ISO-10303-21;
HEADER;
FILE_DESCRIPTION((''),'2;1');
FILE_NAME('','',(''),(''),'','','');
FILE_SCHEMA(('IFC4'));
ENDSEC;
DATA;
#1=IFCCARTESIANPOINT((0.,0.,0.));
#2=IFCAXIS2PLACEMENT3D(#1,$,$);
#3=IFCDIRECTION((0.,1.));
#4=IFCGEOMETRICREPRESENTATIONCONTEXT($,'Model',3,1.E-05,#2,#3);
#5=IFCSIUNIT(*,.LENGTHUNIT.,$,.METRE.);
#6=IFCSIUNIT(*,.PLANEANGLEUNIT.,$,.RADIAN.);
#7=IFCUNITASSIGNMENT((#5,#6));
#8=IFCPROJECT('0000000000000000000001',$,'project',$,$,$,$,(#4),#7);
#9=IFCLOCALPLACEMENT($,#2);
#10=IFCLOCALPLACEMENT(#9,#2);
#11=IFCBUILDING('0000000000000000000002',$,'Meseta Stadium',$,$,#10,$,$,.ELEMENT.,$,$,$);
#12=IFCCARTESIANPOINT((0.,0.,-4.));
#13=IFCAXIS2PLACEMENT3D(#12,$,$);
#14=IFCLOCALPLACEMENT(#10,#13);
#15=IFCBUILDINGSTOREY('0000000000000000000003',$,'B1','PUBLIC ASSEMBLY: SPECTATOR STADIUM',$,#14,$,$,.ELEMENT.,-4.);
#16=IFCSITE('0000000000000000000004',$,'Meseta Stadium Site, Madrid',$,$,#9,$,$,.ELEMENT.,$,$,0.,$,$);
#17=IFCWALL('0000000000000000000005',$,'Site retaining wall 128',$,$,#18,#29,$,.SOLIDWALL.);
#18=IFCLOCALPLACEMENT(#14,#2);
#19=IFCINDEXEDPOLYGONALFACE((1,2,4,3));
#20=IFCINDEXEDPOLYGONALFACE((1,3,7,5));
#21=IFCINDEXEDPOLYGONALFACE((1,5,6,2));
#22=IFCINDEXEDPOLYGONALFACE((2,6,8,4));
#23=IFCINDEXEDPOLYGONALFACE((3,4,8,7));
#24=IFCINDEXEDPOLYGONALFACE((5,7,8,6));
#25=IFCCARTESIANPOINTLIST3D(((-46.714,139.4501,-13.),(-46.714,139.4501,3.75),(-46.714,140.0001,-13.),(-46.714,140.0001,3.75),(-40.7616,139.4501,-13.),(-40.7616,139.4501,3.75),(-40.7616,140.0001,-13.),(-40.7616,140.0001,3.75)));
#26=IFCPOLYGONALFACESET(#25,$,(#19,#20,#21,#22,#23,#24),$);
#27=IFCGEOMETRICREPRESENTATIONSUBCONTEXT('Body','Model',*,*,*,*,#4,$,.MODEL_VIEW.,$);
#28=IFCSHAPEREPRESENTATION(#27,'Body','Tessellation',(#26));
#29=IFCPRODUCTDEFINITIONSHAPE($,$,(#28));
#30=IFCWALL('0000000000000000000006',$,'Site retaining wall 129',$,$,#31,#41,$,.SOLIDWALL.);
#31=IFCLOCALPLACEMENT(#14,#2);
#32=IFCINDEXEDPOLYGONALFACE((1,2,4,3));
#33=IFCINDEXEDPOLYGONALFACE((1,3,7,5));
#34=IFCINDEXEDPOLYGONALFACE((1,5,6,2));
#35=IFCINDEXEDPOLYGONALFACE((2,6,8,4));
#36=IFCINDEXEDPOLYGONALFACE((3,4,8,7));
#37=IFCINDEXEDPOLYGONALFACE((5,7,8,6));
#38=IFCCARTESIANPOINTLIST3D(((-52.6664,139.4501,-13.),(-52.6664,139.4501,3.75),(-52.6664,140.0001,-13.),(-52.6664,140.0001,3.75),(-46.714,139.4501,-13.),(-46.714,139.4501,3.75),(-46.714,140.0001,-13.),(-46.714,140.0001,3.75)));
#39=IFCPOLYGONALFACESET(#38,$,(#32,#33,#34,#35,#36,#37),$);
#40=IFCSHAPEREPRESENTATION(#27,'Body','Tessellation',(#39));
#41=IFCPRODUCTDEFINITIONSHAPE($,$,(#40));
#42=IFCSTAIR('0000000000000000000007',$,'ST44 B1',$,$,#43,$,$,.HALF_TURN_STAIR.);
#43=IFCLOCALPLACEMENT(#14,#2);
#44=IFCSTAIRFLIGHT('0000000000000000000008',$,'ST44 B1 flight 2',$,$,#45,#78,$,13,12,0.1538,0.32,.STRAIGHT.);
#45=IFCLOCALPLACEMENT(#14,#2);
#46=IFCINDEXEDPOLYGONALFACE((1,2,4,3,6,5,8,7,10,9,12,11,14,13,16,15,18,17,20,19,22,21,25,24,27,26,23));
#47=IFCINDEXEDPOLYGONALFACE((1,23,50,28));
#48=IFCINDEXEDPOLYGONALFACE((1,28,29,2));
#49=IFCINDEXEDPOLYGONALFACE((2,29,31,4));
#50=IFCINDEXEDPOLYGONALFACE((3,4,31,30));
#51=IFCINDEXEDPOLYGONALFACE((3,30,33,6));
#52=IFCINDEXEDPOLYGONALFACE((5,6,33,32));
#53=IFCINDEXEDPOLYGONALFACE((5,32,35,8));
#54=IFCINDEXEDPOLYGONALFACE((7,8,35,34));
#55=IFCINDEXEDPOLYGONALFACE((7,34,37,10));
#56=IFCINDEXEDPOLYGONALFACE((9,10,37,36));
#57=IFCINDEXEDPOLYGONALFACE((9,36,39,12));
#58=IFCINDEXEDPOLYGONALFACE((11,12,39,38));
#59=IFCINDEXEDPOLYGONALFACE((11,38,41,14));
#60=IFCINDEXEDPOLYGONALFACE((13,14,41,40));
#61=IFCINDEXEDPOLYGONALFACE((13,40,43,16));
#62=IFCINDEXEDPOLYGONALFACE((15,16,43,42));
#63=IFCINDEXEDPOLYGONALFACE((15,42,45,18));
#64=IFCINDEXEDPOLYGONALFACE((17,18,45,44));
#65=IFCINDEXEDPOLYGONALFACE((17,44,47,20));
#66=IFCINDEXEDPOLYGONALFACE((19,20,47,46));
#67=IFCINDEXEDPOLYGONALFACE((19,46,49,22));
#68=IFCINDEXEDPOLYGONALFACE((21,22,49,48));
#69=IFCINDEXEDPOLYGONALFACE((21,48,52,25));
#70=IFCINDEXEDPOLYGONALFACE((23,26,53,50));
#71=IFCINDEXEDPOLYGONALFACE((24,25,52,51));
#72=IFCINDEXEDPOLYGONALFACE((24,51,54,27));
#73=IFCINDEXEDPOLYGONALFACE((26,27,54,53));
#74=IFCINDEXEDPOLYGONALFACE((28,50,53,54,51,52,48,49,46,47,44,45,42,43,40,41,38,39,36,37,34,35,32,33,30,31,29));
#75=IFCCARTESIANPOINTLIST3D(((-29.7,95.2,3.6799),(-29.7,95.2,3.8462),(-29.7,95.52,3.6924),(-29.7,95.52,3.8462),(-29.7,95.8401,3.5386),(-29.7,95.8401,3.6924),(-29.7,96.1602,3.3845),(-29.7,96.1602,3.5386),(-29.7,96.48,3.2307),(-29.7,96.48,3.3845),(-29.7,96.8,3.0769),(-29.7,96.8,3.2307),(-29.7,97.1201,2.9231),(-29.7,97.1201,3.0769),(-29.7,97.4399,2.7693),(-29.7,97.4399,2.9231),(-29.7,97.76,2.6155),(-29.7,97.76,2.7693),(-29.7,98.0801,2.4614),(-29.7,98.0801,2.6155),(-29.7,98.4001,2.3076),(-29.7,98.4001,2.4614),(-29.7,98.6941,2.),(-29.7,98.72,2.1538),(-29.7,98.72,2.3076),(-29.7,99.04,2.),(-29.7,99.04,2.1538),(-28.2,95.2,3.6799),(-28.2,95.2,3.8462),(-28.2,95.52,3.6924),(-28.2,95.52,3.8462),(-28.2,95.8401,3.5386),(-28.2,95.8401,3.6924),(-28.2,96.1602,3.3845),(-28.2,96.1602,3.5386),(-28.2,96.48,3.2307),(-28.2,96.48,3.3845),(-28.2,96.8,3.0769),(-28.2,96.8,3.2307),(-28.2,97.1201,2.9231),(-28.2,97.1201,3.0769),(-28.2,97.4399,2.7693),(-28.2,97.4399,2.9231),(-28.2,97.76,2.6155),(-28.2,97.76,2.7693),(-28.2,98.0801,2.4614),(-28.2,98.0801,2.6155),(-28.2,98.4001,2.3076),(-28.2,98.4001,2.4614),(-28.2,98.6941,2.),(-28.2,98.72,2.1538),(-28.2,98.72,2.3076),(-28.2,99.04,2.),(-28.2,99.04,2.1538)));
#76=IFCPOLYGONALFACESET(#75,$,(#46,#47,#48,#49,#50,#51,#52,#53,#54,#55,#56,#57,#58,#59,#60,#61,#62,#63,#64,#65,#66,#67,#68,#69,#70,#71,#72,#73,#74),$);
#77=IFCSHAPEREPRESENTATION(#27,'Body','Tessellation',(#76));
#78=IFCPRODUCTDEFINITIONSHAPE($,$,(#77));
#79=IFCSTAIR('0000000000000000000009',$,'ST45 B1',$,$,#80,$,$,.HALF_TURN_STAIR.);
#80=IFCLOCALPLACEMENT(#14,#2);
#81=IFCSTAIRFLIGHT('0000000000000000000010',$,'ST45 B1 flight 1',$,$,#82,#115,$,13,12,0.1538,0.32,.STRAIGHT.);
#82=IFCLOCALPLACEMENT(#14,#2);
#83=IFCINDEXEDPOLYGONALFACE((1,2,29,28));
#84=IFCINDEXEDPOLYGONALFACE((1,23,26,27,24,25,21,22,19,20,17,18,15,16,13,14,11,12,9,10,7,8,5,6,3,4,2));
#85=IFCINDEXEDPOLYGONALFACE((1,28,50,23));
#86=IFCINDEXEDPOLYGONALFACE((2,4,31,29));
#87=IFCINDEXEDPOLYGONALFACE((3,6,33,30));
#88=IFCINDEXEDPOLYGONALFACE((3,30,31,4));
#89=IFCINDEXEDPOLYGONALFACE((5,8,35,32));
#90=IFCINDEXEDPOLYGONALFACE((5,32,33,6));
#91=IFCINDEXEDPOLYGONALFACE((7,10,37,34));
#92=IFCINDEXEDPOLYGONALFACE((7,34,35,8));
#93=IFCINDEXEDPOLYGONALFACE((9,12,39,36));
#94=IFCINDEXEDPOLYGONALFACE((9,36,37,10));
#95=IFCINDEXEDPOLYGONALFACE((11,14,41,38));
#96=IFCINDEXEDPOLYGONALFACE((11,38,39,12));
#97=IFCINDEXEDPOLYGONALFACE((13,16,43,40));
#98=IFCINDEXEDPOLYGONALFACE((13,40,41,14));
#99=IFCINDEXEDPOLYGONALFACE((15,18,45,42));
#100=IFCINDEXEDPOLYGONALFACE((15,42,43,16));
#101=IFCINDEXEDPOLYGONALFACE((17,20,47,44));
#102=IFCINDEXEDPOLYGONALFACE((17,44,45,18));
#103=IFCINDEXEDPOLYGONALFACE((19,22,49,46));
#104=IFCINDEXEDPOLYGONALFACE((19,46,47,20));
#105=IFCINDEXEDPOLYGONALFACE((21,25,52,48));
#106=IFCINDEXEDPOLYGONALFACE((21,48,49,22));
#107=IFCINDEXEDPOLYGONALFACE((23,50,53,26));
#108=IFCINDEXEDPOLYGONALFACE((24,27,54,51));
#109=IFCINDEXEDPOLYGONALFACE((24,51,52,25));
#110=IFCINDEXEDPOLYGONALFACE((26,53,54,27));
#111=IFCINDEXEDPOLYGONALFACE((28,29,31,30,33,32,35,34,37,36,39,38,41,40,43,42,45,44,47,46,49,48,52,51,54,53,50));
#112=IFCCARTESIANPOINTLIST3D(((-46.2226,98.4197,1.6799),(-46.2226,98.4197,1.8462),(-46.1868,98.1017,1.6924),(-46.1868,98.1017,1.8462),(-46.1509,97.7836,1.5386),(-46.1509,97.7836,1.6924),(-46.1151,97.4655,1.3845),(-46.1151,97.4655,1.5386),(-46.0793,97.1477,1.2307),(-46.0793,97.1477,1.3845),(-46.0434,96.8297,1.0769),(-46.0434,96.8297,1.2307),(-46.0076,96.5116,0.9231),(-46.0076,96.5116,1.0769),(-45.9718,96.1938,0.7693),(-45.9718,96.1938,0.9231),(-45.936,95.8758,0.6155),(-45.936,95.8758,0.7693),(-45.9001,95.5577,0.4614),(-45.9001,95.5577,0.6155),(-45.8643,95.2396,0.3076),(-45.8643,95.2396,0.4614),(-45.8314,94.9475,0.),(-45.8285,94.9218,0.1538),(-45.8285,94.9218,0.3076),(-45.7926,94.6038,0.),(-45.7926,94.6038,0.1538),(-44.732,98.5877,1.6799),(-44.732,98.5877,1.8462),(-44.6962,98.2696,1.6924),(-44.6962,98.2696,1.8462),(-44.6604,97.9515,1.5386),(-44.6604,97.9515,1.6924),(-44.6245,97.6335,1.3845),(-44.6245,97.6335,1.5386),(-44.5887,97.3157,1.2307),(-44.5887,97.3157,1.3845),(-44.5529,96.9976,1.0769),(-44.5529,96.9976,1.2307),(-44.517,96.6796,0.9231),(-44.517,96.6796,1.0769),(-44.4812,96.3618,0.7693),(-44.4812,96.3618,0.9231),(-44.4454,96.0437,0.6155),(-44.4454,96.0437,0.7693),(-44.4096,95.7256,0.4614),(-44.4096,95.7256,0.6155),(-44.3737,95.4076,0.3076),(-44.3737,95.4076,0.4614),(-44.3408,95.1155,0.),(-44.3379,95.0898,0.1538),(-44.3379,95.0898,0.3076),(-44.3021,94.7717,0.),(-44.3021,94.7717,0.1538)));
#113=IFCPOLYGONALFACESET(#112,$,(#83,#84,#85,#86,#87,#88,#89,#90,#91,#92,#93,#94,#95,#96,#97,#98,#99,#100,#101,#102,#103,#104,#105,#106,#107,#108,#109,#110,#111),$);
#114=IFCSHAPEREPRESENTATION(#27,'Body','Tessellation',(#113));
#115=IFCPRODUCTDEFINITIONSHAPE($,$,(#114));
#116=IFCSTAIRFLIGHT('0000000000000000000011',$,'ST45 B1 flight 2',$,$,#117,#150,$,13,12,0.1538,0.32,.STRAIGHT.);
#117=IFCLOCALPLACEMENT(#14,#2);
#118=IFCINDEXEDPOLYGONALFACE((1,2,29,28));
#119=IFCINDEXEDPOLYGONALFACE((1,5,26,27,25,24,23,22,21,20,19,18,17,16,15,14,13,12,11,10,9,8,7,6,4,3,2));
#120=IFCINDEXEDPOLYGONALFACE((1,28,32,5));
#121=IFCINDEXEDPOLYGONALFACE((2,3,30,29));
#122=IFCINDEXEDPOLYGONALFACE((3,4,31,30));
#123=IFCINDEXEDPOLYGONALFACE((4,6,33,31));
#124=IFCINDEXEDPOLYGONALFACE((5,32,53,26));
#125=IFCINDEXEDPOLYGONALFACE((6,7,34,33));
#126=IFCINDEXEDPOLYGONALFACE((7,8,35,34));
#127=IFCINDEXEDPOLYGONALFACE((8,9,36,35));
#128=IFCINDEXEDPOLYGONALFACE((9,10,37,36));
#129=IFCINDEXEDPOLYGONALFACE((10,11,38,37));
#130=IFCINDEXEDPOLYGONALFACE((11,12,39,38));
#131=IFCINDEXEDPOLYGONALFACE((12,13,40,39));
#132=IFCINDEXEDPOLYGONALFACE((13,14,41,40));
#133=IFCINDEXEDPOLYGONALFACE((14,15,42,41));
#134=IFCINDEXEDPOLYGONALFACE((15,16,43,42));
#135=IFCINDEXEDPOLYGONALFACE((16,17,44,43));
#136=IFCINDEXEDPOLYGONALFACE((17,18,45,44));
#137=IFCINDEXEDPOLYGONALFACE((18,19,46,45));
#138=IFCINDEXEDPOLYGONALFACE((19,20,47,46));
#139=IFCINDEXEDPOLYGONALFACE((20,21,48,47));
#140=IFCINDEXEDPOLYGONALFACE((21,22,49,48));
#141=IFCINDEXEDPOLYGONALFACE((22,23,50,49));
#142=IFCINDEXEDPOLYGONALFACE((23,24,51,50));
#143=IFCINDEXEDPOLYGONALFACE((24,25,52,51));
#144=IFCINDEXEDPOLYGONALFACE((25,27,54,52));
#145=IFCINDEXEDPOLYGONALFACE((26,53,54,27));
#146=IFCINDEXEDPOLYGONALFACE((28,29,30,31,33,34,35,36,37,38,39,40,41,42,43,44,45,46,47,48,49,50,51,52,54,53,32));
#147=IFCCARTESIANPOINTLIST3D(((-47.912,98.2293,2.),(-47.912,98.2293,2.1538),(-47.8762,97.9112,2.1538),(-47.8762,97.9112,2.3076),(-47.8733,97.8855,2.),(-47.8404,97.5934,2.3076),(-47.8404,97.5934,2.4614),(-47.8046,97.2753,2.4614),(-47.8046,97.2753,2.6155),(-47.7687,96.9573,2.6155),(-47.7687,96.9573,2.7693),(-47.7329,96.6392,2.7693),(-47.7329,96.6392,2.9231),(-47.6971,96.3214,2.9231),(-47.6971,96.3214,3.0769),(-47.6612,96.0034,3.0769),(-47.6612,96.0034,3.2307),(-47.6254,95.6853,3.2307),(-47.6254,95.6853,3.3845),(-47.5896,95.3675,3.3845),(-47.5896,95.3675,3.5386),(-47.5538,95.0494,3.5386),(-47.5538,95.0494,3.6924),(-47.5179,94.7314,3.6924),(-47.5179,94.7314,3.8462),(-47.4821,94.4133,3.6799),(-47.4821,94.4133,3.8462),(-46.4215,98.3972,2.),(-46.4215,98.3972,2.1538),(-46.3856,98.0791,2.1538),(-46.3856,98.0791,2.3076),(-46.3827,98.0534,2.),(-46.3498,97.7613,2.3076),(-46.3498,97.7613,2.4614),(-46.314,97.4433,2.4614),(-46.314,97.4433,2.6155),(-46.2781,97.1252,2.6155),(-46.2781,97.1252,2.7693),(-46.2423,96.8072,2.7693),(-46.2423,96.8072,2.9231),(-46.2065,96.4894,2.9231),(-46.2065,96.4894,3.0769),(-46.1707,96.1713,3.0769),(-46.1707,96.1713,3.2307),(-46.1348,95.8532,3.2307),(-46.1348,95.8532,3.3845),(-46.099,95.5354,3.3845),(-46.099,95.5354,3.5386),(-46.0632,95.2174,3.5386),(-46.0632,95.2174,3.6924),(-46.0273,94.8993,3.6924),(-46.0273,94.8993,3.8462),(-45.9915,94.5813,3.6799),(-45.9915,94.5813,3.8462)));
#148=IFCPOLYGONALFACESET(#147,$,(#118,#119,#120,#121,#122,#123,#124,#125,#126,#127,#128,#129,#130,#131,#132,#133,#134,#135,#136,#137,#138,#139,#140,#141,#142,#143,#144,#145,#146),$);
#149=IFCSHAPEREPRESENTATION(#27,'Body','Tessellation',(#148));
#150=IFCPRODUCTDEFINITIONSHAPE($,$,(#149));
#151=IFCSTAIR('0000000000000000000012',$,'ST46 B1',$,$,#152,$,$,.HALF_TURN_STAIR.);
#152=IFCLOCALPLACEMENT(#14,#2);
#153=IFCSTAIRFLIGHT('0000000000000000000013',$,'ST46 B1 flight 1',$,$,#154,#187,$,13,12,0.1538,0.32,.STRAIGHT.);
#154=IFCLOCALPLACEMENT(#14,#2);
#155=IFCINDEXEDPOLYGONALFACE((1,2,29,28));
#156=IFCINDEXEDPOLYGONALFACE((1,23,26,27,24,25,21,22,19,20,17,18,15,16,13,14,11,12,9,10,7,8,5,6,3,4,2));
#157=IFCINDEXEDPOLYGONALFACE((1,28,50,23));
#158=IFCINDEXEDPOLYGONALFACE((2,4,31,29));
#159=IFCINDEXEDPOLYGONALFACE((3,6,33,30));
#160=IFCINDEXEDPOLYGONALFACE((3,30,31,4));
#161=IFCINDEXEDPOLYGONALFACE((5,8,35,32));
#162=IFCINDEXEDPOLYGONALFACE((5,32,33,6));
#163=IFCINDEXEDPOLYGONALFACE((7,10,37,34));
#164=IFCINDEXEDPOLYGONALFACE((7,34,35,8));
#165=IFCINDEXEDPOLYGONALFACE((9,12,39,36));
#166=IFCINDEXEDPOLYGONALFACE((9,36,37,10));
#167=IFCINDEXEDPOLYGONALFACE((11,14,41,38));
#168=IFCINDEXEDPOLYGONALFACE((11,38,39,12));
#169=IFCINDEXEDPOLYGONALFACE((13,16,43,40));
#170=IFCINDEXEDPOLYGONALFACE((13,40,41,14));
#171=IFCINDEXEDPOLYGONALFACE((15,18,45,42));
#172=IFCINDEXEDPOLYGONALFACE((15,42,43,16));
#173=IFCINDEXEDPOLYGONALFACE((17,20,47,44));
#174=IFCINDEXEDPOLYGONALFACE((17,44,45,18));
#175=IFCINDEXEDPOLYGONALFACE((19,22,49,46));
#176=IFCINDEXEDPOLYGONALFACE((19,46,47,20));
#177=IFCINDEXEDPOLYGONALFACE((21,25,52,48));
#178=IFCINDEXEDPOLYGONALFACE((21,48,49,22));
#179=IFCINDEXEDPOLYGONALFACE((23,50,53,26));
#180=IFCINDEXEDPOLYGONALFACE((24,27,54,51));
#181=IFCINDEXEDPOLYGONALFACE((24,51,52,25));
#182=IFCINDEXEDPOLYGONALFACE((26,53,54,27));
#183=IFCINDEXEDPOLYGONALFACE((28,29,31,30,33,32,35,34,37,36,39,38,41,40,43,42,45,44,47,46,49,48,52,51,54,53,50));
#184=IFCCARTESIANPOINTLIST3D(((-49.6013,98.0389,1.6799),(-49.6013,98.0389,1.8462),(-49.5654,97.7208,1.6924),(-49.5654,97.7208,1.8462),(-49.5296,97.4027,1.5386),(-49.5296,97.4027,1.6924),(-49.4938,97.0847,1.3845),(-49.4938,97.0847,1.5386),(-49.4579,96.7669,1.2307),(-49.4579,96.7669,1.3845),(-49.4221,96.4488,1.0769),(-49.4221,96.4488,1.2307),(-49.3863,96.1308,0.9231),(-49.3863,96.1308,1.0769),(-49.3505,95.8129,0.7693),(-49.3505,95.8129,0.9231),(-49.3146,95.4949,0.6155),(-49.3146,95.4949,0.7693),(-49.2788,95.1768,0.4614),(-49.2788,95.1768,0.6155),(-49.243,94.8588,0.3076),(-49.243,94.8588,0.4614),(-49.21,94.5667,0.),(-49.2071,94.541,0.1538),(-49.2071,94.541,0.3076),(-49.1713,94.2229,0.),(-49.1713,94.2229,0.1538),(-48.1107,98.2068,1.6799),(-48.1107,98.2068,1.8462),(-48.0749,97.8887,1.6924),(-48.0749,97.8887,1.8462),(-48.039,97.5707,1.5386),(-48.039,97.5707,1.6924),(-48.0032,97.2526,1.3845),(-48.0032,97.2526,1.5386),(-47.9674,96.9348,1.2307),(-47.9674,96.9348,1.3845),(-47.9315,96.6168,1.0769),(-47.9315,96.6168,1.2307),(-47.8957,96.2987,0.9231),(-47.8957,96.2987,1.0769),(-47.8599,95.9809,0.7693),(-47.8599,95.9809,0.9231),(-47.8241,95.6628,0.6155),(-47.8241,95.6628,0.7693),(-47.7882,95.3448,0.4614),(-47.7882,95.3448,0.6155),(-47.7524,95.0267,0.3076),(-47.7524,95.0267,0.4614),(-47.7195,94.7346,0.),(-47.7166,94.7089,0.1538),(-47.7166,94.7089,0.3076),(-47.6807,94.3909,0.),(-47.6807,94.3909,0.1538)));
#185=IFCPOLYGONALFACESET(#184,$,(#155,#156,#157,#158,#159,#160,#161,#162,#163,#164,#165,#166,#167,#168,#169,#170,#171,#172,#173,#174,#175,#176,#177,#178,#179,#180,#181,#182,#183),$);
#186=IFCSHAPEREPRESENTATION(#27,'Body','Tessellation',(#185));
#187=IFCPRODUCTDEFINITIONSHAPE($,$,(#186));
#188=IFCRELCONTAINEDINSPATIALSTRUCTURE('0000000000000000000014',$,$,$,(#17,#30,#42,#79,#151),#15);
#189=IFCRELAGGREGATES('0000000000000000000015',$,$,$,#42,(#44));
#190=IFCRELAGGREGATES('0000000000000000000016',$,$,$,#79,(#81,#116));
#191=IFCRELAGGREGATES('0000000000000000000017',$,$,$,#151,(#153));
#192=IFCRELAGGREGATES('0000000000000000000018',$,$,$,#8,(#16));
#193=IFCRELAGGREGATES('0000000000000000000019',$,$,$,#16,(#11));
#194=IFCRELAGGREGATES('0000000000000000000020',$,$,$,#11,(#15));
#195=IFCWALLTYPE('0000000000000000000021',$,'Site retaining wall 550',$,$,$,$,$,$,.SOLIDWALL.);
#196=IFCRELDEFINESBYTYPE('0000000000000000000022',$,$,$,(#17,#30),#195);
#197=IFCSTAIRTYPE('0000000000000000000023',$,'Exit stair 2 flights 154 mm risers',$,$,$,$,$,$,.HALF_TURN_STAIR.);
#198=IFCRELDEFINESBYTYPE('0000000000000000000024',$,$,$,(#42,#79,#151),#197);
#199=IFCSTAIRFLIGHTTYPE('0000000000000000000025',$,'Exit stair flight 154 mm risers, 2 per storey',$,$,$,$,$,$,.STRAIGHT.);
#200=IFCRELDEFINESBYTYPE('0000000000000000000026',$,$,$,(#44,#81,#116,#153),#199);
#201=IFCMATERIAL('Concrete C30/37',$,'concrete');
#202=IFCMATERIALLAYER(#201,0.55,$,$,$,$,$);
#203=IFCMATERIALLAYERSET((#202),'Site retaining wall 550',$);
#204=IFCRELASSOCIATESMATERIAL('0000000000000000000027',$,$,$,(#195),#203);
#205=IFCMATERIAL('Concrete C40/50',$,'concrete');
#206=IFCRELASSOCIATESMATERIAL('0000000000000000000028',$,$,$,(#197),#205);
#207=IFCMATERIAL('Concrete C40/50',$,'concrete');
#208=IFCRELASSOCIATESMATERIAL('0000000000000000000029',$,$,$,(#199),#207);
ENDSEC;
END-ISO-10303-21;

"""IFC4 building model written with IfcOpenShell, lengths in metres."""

from ifc_helpers import new_model, si_unit, direction, frame, frame_2d, origin, place, context, subcontext, project, spatial, polyline, rectangle, outline, extrude, material, layer, layer_set, type_object, element, aggregate, save


model = new_model("IFC4")

# Units and contexts
model_context = context("Model", 3, precision=1e-05, world=origin(), true_north=direction((0.0, 1.0)))
body_context = subcontext(model_context, "Body", "Model", "MODEL_VIEW")
ifc_project = project(units=[si_unit("LENGTHUNIT", "METRE"), si_unit("PLANEANGLEUNIT", "RADIAN")], contexts=[model_context])

# Site, building, storey
site_placement = place(None, origin())
site = spatial("IfcSite", under=ifc_project, at=site_placement, Name="Meseta Stadium Site, Madrid", CompositionType="ELEMENT", RefElevation=0.0)
building_placement = place(site_placement, origin())
building = spatial("IfcBuilding", under=site, at=building_placement, Name="Meseta Stadium", CompositionType="ELEMENT")
storey_placement = place(building_placement, frame((0.0, 0.0, -4.0)))
storey = spatial("IfcBuildingStorey", under=building, at=storey_placement, Name="B1", Description="PUBLIC ASSEMBLY: SPECTATOR STADIUM", CompositionType="ELEMENT", Elevation=-4.0)

# Walls
ifc_material_1 = material(Name="Concrete C30/37", Category="concrete")
ifc_layer_1 = layer(ifc_material_1, 0.55)
ifc_layer_set_1 = layer_set([ifc_layer_1], Name="Site retaining wall 550")
wall_type_1 = type_object("IfcWallType", Name="Site retaining wall 550", PredefinedType="SOLIDWALL", material=ifc_layer_set_1)
for number, where, z_axis, x_axis, name in (
    (1, (-40.7617, 139.7251, -13.0), (0.0, 0.0, 1.0), (-1.0, 0.0, 0.0), "Site retaining wall 128"),
    (2, (-46.7141, 139.7251, -13.0), (0.0, 0.0, 1.0), (-1.0, 0.0, 0.0), "Site retaining wall 129"),
):
    element("IfcWall", number, at=place(storey_placement, frame(where, z_axis=z_axis, x_axis=x_axis)), inside=storey, type_object=wall_type_1, Name=name, PredefinedType="SOLIDWALL", context=body_context, shape_type="SweptSolid", body=[
        extrude(rectangle(XDim=5.9524, YDim=0.55, at=frame_2d((2.9761, 0.0))), origin(), (0.0, 0.0, 1.0), 16.75),
    ])

# Stair, stair flight
ifc_material_2 = material(Name="Concrete C40/50", Category="concrete")
stair_type = type_object("IfcStairType", Name="Exit stair 2 flights 154 mm risers", PredefinedType="HALF_TURN_STAIR", material=ifc_material_2)
stair_1_placement = place(storey_placement, origin())
stair_1 = element("IfcStair", 3, at=stair_1_placement, inside=storey, type_object=stair_type, Name="ST44 B1", PredefinedType="HALF_TURN_STAIR")
ifc_material_3 = material(Name="Concrete C40/50", Category="concrete")
stair_flight_type = type_object("IfcStairFlightType", Name="Exit stair flight 154 mm risers, 2 per storey", PredefinedType="STRAIGHT", material=ifc_material_3)
stair_flight_1_placement = place(storey_placement, frame((-28.95, 99.04, 2.0), z_axis=(0.0, 0.0, 1.0), x_axis=(0.0, -1.0, 0.0)))
stair_flight_1 = element("IfcStairFlight", 4, at=stair_flight_1_placement, type_object=stair_flight_type, Name="ST44 B1 flight 2", NumberOfRisers=13, NumberOfTreads=12, PredefinedType="STRAIGHT", RiserHeight=0.1538, TreadLength=0.32, context=body_context, shape_type="SweptSolid", body=[
    extrude(outline(polyline([(0.0, 0.0), (0.0, 0.1538), (0.3201, 0.1538), (0.3201, 0.3076), (0.6399, 0.3076), (0.6399, 0.4614), (0.96, 0.4614), (0.96, 0.6155), (1.28, 0.6155), (1.28, 0.7693), (1.6001, 0.7693), (1.6001, 0.9231), (1.9199, 0.9231), (1.9199, 1.0769), (2.24, 1.0769), (2.24, 1.2307), (2.5601, 1.2307), (2.5601, 1.3845), (2.8799, 1.3845), (2.8799, 1.5386), (3.2, 1.5386), (3.2, 1.6924), (3.52, 1.6924), (3.52, 1.8462), (3.8401, 1.8462), (3.8401, 1.6799), (0.3459, 0.0), (0.0, 0.0)])), frame((0.0, 0.75, 0.0), z_axis=(0.0, -1.0, 0.0), x_axis=(1.0, 0.0, 0.0)), (0.0, 0.0, 1.0), 1.5),
])
aggregate(stair_1, [stair_flight_1])

# Stairs, stair flights
stair_2_placement = place(storey_placement, origin())
stair_2 = element("IfcStair", 5, at=stair_2_placement, inside=storey, type_object=stair_type, Name="ST45 B1", PredefinedType="HALF_TURN_STAIR")
stair_flight_2_placement = place(storey_placement, frame((-45.0474, 94.6877, 0.0), z_axis=(0.0, 0.0, 1.0), x_axis=(-0.111964, 0.993712, 0.0)))
stair_flight_2 = element("IfcStairFlight", 6, at=stair_flight_2_placement, type_object=stair_flight_type, Name="ST45 B1 flight 1", NumberOfRisers=13, NumberOfTreads=12, PredefinedType="STRAIGHT", RiserHeight=0.1538, TreadLength=0.32, context=body_context, shape_type="SweptSolid", body=[
    extrude(outline(polyline([(0.0, 0.0), (0.0, 0.1538), (0.3201, 0.1538), (0.3201, 0.3076), (0.6399, 0.3076), (0.6399, 0.4614), (0.96, 0.4614), (0.96, 0.6155), (1.28, 0.6155), (1.28, 0.7693), (1.6001, 0.7693), (1.6001, 0.9231), (1.9199, 0.9231), (1.9199, 1.0769), (2.24, 1.0769), (2.24, 1.2307), (2.5601, 1.2307), (2.5601, 1.3845), (2.8799, 1.3845), (2.8799, 1.5386), (3.2, 1.5386), (3.2, 1.6924), (3.52, 1.6924), (3.52, 1.8462), (3.8401, 1.8462), (3.8401, 1.6799), (0.3459, 0.0), (0.0, 0.0)])), frame((0.0, 0.75, 0.0), z_axis=(0.0, -1.0, 0.0), x_axis=(1.0, 0.0, 0.0)), (0.0, 0.0, 1.0), 1.5),
])
stair_flight_3_placement = place(storey_placement, frame((-47.1667, 98.3132, 2.0), z_axis=(0.0, 0.0, 1.0), x_axis=(0.111964, -0.993712, 0.0)))
stair_flight_3 = element("IfcStairFlight", 7, at=stair_flight_3_placement, type_object=stair_flight_type, Name="ST45 B1 flight 2", NumberOfRisers=13, NumberOfTreads=12, PredefinedType="STRAIGHT", RiserHeight=0.1538, TreadLength=0.32, context=body_context, shape_type="SweptSolid", body=[
    extrude(outline(polyline([(0.0, 0.0), (0.0, 0.1538), (0.3201, 0.1538), (0.3201, 0.3076), (0.6399, 0.3076), (0.6399, 0.4614), (0.96, 0.4614), (0.96, 0.6155), (1.28, 0.6155), (1.28, 0.7693), (1.6001, 0.7693), (1.6001, 0.9231), (1.9199, 0.9231), (1.9199, 1.0769), (2.24, 1.0769), (2.24, 1.2307), (2.5601, 1.2307), (2.5601, 1.3845), (2.8799, 1.3845), (2.8799, 1.5386), (3.2, 1.5386), (3.2, 1.6924), (3.52, 1.6924), (3.52, 1.8462), (3.8401, 1.8462), (3.8401, 1.6799), (0.3459, 0.0), (0.0, 0.0)])), frame((0.0, 0.75, 0.0), z_axis=(0.0, -1.0, 0.0), x_axis=(1.0, 0.0, 0.0)), (0.0, 0.0, 1.0), 1.5),
])
aggregate(stair_2, [stair_flight_2, stair_flight_3])
stair_3_placement = place(storey_placement, origin())
stair_3 = element("IfcStair", 8, at=stair_3_placement, inside=storey, type_object=stair_type, Name="ST46 B1", PredefinedType="HALF_TURN_STAIR")
stair_flight_4_placement = place(storey_placement, frame((-48.426, 94.3069, 0.0), z_axis=(0.0, 0.0, 1.0), x_axis=(-0.111964, 0.993712, 0.0)))
stair_flight_4 = element("IfcStairFlight", 9, at=stair_flight_4_placement, type_object=stair_flight_type, Name="ST46 B1 flight 1", NumberOfRisers=13, NumberOfTreads=12, PredefinedType="STRAIGHT", RiserHeight=0.1538, TreadLength=0.32, context=body_context, shape_type="SweptSolid", body=[
    extrude(outline(polyline([(0.0, 0.0), (0.0, 0.1538), (0.3201, 0.1538), (0.3201, 0.3076), (0.6399, 0.3076), (0.6399, 0.4614), (0.96, 0.4614), (0.96, 0.6155), (1.28, 0.6155), (1.28, 0.7693), (1.6001, 0.7693), (1.6001, 0.9231), (1.9199, 0.9231), (1.9199, 1.0769), (2.24, 1.0769), (2.24, 1.2307), (2.5601, 1.2307), (2.5601, 1.3845), (2.8799, 1.3845), (2.8799, 1.5386), (3.2, 1.5386), (3.2, 1.6924), (3.52, 1.6924), (3.52, 1.8462), (3.8401, 1.8462), (3.8401, 1.6799), (0.3459, 0.0), (0.0, 0.0)])), frame((0.0, 0.75, 0.0), z_axis=(0.0, -1.0, 0.0), x_axis=(1.0, 0.0, 0.0)), (0.0, 0.0, 1.0), 1.5),
])
aggregate(stair_3, [stair_flight_4])

save(model, "model.ifc")
